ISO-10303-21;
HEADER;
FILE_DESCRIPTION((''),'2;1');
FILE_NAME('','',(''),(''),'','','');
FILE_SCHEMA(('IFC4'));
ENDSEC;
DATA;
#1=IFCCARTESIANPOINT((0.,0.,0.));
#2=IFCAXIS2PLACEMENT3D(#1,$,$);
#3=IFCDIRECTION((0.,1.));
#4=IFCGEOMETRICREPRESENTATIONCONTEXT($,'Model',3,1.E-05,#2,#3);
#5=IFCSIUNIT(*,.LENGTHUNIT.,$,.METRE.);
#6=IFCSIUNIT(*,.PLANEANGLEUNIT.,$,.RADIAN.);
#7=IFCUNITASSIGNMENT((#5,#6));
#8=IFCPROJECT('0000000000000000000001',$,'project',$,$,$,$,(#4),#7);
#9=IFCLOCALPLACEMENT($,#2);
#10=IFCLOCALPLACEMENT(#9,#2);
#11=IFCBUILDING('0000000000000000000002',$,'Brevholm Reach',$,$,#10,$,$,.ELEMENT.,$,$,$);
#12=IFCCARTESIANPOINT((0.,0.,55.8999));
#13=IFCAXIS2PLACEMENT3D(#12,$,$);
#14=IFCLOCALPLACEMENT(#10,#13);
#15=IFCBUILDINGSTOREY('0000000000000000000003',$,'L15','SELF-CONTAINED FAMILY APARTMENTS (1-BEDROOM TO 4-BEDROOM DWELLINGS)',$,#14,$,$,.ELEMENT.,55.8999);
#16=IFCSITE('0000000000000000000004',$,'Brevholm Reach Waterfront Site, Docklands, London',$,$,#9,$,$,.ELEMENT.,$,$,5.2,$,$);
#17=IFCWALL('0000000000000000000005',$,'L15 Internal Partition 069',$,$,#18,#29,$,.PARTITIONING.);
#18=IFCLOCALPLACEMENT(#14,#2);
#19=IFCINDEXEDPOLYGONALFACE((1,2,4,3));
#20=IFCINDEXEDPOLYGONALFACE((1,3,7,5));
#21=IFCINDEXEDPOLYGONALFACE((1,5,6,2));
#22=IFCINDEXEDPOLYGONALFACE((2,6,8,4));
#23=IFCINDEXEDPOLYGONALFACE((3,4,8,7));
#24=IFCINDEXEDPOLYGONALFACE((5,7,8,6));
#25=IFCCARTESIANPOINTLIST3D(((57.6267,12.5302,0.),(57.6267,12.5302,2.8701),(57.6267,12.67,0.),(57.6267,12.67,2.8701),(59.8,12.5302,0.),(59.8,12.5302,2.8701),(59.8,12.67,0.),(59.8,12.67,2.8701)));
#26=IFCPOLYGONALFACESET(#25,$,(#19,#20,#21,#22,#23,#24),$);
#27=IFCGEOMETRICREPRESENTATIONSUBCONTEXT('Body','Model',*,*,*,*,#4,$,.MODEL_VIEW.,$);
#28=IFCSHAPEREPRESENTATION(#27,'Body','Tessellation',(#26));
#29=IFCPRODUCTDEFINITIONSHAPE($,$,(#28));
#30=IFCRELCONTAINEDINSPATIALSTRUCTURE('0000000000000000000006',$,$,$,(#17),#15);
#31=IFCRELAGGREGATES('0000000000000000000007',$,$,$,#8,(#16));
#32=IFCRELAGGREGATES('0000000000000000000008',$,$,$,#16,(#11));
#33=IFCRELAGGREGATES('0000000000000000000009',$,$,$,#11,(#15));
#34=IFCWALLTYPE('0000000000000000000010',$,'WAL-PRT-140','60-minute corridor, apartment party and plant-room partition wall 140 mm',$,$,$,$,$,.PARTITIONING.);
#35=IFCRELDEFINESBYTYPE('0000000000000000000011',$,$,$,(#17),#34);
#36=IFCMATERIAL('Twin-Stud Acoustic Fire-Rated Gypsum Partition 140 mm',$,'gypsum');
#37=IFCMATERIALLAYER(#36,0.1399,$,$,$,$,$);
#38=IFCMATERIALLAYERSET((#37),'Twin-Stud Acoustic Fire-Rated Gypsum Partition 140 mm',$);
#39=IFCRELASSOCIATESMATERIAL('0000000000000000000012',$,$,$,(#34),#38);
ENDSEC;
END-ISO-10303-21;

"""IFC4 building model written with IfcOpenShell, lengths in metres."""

from ifc_helpers import new_model, si_unit, direction, frame, frame_2d, origin, place, context, subcontext, project, spatial, rectangle, extrude, material, layer, layer_set, type_object, element, save


model = new_model("IFC4")

# Units and contexts
model_context = context("Model", 3, precision=1e-05, world=origin(), true_north=direction((0.0, 1.0)))
body_context = subcontext(model_context, "Body", "Model", "MODEL_VIEW")
ifc_project = project(units=[si_unit("LENGTHUNIT", "METRE"), si_unit("PLANEANGLEUNIT", "RADIAN")], contexts=[model_context])

# Site, building, storey
site_placement = place(None, origin())
site = spatial("IfcSite", under=ifc_project, at=site_placement, Name="Brevholm Reach Waterfront Site, Docklands, London", CompositionType="ELEMENT", RefElevation=5.2)
building_placement = place(site_placement, origin())
building = spatial("IfcBuilding", under=site, at=building_placement, Name="Brevholm Reach", CompositionType="ELEMENT")
storey_placement = place(building_placement, frame((0.0, 0.0, 55.8999)))
storey = spatial("IfcBuildingStorey", under=building, at=storey_placement, Name="L15", Description="SELF-CONTAINED FAMILY APARTMENTS (1-BEDROOM TO 4-BEDROOM DWELLINGS)", CompositionType="ELEMENT", Elevation=55.8999)

# Wall
ifc_material_1 = material(Name="Twin-Stud Acoustic Fire-Rated Gypsum Partition 140 mm", Category="gypsum")
ifc_layer_1 = layer(ifc_material_1, 0.1399)
ifc_layer_set_1 = layer_set([ifc_layer_1], Name="Twin-Stud Acoustic Fire-Rated Gypsum Partition 140 mm")
wall_type_1 = type_object("IfcWallType", Name="WAL-PRT-140", Description="60-minute corridor, apartment party and plant-room partition wall 140 mm", PredefinedType="PARTITIONING", material=ifc_layer_set_1)
wall_1_placement = place(storey_placement, frame((57.6267, 12.6001, 0.0), z_axis=(0.0, 0.0, 1.0), x_axis=(1.0, 0.0, 0.0)))
element("IfcWall", 1, at=wall_1_placement, inside=storey, type_object=wall_type_1, Name="L15 Internal Partition 069", PredefinedType="PARTITIONING", context=body_context, shape_type="SweptSolid", body=[
    extrude(rectangle(XDim=2.1733, YDim=0.1399, at=frame_2d((1.0867, 0.0))), origin(), (0.0, 0.0, 1.0), 2.8701),
])

save(model, "model.ifc")
